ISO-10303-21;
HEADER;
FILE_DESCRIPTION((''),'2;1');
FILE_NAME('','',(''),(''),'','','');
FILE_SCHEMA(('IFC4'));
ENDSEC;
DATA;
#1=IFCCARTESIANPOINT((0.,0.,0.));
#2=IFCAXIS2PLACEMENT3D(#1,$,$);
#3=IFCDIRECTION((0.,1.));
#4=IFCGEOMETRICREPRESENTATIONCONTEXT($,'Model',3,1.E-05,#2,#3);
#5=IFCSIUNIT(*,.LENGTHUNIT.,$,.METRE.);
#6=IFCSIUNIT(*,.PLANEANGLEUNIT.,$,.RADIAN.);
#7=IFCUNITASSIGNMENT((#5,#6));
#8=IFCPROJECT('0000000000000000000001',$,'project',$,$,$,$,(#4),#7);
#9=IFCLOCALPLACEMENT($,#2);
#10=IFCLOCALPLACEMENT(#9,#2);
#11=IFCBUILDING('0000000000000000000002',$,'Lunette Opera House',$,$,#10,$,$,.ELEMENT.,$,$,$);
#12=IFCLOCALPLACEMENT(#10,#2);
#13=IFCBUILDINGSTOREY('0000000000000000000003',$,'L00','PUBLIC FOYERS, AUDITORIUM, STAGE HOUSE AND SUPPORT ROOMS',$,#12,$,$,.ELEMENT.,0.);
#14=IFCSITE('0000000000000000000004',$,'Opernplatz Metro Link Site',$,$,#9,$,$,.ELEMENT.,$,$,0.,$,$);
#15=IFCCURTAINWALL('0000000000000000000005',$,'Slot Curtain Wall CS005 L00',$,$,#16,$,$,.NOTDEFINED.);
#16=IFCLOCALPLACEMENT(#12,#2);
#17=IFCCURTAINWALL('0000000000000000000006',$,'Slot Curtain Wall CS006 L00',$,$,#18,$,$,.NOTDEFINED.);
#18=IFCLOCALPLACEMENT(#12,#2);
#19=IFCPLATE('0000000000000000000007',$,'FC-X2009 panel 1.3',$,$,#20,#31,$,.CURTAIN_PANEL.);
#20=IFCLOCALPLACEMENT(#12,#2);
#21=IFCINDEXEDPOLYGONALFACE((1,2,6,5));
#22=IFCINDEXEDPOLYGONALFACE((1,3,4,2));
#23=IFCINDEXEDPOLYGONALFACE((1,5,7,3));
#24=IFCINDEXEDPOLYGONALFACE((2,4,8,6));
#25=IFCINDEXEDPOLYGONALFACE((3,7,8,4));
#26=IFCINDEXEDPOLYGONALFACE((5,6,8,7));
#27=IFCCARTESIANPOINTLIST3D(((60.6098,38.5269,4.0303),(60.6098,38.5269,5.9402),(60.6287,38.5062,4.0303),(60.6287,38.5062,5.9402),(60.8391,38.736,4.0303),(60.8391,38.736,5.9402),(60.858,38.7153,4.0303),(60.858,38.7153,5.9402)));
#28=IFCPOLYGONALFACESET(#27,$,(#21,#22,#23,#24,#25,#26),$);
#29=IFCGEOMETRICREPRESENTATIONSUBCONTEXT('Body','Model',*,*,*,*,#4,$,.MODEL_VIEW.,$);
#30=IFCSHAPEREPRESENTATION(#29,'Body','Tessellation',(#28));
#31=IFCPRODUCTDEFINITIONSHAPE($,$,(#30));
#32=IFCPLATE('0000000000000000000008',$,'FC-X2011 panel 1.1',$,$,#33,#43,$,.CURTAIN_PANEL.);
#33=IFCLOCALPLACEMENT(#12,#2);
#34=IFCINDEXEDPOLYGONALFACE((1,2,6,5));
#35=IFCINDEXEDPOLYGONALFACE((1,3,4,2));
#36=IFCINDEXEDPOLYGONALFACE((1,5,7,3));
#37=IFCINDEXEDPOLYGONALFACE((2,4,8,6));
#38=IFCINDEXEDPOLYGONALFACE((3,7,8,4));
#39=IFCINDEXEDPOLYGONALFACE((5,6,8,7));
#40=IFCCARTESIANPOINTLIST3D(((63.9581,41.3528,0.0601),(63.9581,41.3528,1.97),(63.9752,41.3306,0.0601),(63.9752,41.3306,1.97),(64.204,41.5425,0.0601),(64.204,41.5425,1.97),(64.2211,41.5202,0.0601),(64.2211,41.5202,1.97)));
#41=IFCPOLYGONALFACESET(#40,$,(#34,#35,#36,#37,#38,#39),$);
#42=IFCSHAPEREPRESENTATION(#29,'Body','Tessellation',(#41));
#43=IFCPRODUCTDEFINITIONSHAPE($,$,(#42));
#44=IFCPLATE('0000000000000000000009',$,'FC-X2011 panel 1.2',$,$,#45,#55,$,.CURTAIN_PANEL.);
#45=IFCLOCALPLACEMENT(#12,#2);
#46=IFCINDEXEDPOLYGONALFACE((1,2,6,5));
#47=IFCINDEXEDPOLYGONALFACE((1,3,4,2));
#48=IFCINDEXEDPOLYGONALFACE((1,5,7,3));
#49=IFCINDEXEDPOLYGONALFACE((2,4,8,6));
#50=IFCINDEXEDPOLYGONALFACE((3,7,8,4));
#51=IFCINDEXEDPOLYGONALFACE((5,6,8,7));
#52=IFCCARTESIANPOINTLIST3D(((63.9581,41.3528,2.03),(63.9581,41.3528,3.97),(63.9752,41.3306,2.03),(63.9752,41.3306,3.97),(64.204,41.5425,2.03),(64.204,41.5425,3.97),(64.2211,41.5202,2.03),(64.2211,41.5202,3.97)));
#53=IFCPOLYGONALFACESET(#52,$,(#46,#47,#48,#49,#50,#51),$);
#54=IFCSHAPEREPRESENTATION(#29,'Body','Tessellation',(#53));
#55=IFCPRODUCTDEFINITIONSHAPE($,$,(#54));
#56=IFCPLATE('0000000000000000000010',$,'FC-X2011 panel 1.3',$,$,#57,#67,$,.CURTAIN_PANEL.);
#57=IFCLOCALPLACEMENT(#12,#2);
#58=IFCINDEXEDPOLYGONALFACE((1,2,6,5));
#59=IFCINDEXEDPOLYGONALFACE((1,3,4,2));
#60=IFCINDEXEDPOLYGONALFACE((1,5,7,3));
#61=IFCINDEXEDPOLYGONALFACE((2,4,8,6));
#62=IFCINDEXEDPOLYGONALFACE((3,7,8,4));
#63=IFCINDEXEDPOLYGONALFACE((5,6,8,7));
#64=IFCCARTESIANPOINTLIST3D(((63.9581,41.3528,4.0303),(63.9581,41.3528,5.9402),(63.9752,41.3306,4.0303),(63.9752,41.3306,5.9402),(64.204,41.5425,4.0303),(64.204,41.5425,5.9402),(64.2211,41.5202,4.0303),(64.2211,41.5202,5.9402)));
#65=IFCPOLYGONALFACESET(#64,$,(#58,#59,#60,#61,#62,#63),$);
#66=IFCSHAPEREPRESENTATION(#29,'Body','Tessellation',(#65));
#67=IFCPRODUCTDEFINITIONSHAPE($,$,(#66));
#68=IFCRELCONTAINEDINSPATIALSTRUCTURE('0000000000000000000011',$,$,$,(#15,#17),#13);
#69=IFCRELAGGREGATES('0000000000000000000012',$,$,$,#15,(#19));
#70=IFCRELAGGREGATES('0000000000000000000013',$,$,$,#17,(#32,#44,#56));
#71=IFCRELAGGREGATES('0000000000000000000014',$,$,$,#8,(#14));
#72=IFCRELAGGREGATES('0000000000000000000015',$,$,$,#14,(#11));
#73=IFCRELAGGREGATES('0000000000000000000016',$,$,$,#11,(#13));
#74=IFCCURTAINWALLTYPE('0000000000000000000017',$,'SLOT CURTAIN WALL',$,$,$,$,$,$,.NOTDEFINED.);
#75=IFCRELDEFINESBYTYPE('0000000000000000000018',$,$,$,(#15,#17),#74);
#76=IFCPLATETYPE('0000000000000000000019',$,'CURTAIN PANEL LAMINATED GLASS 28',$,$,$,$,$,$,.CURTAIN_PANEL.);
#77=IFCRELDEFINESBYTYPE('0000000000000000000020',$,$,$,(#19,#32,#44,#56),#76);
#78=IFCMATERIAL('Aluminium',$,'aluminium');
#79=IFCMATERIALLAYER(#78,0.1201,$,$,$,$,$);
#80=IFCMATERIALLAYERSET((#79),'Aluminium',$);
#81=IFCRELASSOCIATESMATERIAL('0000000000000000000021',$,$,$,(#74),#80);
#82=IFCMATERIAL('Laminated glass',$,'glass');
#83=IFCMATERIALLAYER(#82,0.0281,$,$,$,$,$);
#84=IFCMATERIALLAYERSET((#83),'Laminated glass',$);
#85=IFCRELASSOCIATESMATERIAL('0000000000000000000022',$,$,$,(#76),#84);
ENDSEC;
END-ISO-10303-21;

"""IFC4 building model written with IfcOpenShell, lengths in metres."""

from ifc_helpers import new_model, si_unit, direction, frame, origin, origin_2d, place, context, subcontext, project, spatial, rectangle, extrude, material, layer, layer_set, type_object, element, aggregate, save


model = new_model("IFC4")

# Units and contexts
model_context = context("Model", 3, precision=1e-05, world=origin(), true_north=direction((0.0, 1.0)))
body_context = subcontext(model_context, "Body", "Model", "MODEL_VIEW")
ifc_project = project(units=[si_unit("LENGTHUNIT", "METRE"), si_unit("PLANEANGLEUNIT", "RADIAN")], contexts=[model_context])

# Site, building, storey
site_placement = place(None, origin())
site = spatial("IfcSite", under=ifc_project, at=site_placement, Name="Opernplatz Metro Link Site", CompositionType="ELEMENT", RefElevation=0.0)
building_placement = place(site_placement, origin())
building = spatial("IfcBuilding", under=site, at=building_placement, Name="Lunette Opera House", CompositionType="ELEMENT")
storey_placement = place(building_placement, origin())
storey = spatial("IfcBuildingStorey", under=building, at=storey_placement, Name="L00", Description="PUBLIC FOYERS, AUDITORIUM, STAGE HOUSE AND SUPPORT ROOMS", CompositionType="ELEMENT", Elevation=0.0)

# Shared definitions
ifc_material_1 = material(Name="Aluminium", Category="aluminium")
ifc_layer_1 = layer(ifc_material_1, 0.1201)
ifc_layer_set_1 = layer_set([ifc_layer_1], Name="Aluminium")
curtain_wall_type = type_object("IfcCurtainWallType", Name="SLOT CURTAIN WALL", PredefinedType="NOTDEFINED", material=ifc_layer_set_1)

# Curtain walls
curtain_wall_1_placement = place(storey_placement, origin())
curtain_wall_1 = element("IfcCurtainWall", 1, at=curtain_wall_1_placement, inside=storey, type_object=curtain_wall_type, Name="Slot Curtain Wall CS005 L00", PredefinedType="NOTDEFINED")
curtain_wall_2_placement = place(storey_placement, origin())
curtain_wall_2 = element("IfcCurtainWall", 2, at=curtain_wall_2_placement, inside=storey, type_object=curtain_wall_type, Name="Slot Curtain Wall CS006 L00", PredefinedType="NOTDEFINED")

# Plates
ifc_material_2 = material(Name="Laminated glass", Category="glass")
ifc_layer_2 = layer(ifc_material_2, 0.0281)
ifc_layer_set_2 = layer_set([ifc_layer_2], Name="Laminated glass")
plate_type = type_object("IfcPlateType", Name="CURTAIN PANEL LAMINATED GLASS 28", PredefinedType="CURTAIN_PANEL", material=ifc_layer_set_2)
plate_1_placement = place(storey_placement, frame((60.7339, 38.6211, 4.0303), z_axis=(0.0, 0.0, 1.0), x_axis=(0.738888, 0.673828, 0.0)))
plate_1 = element("IfcPlate", 3, at=plate_1_placement, type_object=plate_type, Name="FC-X2009 panel 1.3", PredefinedType="CURTAIN_PANEL", context=body_context, shape_type="SweptSolid", body=[
    extrude(rectangle(XDim=0.3103, YDim=0.0281, at=origin_2d()), origin(), (0.0, 0.0, 1.0), 1.9099),
])
aggregate(curtain_wall_1, [plate_1])
plate_2_placement = place(storey_placement, frame((64.0896, 41.4365, 0.0601), z_axis=(0.0, 0.0, 1.0), x_axis=(0.791846, 0.61072, 0.0)))
plate_2 = element("IfcPlate", 4, at=plate_2_placement, type_object=plate_type, Name="FC-X2011 panel 1.1", PredefinedType="CURTAIN_PANEL", context=body_context, shape_type="SweptSolid", body=[
    extrude(rectangle(XDim=0.3105, YDim=0.0281, at=origin_2d()), origin(), (0.0, 0.0, 1.0), 1.9099),
])
plate_3_placement = place(storey_placement, frame((64.0896, 41.4365, 2.03), z_axis=(0.0, 0.0, 1.0), x_axis=(0.791846, 0.61072, 0.0)))
plate_3 = element("IfcPlate", 5, at=plate_3_placement, type_object=plate_type, Name="FC-X2011 panel 1.2", PredefinedType="CURTAIN_PANEL", context=body_context, shape_type="SweptSolid", body=[
    extrude(rectangle(XDim=0.3105, YDim=0.0281, at=origin_2d()), origin(), (0.0, 0.0, 1.0), 1.9399),
])
plate_4_placement = place(storey_placement, frame((64.0896, 41.4365, 4.0303), z_axis=(0.0, 0.0, 1.0), x_axis=(0.791846, 0.61072, 0.0)))
plate_4 = element("IfcPlate", 6, at=plate_4_placement, type_object=plate_type, Name="FC-X2011 panel 1.3", PredefinedType="CURTAIN_PANEL", context=body_context, shape_type="SweptSolid", body=[
    extrude(rectangle(XDim=0.3105, YDim=0.0281, at=origin_2d()), origin(), (0.0, 0.0, 1.0), 1.9099),
])
aggregate(curtain_wall_2, [plate_2, plate_3, plate_4])

save(model, "model.ifc")
